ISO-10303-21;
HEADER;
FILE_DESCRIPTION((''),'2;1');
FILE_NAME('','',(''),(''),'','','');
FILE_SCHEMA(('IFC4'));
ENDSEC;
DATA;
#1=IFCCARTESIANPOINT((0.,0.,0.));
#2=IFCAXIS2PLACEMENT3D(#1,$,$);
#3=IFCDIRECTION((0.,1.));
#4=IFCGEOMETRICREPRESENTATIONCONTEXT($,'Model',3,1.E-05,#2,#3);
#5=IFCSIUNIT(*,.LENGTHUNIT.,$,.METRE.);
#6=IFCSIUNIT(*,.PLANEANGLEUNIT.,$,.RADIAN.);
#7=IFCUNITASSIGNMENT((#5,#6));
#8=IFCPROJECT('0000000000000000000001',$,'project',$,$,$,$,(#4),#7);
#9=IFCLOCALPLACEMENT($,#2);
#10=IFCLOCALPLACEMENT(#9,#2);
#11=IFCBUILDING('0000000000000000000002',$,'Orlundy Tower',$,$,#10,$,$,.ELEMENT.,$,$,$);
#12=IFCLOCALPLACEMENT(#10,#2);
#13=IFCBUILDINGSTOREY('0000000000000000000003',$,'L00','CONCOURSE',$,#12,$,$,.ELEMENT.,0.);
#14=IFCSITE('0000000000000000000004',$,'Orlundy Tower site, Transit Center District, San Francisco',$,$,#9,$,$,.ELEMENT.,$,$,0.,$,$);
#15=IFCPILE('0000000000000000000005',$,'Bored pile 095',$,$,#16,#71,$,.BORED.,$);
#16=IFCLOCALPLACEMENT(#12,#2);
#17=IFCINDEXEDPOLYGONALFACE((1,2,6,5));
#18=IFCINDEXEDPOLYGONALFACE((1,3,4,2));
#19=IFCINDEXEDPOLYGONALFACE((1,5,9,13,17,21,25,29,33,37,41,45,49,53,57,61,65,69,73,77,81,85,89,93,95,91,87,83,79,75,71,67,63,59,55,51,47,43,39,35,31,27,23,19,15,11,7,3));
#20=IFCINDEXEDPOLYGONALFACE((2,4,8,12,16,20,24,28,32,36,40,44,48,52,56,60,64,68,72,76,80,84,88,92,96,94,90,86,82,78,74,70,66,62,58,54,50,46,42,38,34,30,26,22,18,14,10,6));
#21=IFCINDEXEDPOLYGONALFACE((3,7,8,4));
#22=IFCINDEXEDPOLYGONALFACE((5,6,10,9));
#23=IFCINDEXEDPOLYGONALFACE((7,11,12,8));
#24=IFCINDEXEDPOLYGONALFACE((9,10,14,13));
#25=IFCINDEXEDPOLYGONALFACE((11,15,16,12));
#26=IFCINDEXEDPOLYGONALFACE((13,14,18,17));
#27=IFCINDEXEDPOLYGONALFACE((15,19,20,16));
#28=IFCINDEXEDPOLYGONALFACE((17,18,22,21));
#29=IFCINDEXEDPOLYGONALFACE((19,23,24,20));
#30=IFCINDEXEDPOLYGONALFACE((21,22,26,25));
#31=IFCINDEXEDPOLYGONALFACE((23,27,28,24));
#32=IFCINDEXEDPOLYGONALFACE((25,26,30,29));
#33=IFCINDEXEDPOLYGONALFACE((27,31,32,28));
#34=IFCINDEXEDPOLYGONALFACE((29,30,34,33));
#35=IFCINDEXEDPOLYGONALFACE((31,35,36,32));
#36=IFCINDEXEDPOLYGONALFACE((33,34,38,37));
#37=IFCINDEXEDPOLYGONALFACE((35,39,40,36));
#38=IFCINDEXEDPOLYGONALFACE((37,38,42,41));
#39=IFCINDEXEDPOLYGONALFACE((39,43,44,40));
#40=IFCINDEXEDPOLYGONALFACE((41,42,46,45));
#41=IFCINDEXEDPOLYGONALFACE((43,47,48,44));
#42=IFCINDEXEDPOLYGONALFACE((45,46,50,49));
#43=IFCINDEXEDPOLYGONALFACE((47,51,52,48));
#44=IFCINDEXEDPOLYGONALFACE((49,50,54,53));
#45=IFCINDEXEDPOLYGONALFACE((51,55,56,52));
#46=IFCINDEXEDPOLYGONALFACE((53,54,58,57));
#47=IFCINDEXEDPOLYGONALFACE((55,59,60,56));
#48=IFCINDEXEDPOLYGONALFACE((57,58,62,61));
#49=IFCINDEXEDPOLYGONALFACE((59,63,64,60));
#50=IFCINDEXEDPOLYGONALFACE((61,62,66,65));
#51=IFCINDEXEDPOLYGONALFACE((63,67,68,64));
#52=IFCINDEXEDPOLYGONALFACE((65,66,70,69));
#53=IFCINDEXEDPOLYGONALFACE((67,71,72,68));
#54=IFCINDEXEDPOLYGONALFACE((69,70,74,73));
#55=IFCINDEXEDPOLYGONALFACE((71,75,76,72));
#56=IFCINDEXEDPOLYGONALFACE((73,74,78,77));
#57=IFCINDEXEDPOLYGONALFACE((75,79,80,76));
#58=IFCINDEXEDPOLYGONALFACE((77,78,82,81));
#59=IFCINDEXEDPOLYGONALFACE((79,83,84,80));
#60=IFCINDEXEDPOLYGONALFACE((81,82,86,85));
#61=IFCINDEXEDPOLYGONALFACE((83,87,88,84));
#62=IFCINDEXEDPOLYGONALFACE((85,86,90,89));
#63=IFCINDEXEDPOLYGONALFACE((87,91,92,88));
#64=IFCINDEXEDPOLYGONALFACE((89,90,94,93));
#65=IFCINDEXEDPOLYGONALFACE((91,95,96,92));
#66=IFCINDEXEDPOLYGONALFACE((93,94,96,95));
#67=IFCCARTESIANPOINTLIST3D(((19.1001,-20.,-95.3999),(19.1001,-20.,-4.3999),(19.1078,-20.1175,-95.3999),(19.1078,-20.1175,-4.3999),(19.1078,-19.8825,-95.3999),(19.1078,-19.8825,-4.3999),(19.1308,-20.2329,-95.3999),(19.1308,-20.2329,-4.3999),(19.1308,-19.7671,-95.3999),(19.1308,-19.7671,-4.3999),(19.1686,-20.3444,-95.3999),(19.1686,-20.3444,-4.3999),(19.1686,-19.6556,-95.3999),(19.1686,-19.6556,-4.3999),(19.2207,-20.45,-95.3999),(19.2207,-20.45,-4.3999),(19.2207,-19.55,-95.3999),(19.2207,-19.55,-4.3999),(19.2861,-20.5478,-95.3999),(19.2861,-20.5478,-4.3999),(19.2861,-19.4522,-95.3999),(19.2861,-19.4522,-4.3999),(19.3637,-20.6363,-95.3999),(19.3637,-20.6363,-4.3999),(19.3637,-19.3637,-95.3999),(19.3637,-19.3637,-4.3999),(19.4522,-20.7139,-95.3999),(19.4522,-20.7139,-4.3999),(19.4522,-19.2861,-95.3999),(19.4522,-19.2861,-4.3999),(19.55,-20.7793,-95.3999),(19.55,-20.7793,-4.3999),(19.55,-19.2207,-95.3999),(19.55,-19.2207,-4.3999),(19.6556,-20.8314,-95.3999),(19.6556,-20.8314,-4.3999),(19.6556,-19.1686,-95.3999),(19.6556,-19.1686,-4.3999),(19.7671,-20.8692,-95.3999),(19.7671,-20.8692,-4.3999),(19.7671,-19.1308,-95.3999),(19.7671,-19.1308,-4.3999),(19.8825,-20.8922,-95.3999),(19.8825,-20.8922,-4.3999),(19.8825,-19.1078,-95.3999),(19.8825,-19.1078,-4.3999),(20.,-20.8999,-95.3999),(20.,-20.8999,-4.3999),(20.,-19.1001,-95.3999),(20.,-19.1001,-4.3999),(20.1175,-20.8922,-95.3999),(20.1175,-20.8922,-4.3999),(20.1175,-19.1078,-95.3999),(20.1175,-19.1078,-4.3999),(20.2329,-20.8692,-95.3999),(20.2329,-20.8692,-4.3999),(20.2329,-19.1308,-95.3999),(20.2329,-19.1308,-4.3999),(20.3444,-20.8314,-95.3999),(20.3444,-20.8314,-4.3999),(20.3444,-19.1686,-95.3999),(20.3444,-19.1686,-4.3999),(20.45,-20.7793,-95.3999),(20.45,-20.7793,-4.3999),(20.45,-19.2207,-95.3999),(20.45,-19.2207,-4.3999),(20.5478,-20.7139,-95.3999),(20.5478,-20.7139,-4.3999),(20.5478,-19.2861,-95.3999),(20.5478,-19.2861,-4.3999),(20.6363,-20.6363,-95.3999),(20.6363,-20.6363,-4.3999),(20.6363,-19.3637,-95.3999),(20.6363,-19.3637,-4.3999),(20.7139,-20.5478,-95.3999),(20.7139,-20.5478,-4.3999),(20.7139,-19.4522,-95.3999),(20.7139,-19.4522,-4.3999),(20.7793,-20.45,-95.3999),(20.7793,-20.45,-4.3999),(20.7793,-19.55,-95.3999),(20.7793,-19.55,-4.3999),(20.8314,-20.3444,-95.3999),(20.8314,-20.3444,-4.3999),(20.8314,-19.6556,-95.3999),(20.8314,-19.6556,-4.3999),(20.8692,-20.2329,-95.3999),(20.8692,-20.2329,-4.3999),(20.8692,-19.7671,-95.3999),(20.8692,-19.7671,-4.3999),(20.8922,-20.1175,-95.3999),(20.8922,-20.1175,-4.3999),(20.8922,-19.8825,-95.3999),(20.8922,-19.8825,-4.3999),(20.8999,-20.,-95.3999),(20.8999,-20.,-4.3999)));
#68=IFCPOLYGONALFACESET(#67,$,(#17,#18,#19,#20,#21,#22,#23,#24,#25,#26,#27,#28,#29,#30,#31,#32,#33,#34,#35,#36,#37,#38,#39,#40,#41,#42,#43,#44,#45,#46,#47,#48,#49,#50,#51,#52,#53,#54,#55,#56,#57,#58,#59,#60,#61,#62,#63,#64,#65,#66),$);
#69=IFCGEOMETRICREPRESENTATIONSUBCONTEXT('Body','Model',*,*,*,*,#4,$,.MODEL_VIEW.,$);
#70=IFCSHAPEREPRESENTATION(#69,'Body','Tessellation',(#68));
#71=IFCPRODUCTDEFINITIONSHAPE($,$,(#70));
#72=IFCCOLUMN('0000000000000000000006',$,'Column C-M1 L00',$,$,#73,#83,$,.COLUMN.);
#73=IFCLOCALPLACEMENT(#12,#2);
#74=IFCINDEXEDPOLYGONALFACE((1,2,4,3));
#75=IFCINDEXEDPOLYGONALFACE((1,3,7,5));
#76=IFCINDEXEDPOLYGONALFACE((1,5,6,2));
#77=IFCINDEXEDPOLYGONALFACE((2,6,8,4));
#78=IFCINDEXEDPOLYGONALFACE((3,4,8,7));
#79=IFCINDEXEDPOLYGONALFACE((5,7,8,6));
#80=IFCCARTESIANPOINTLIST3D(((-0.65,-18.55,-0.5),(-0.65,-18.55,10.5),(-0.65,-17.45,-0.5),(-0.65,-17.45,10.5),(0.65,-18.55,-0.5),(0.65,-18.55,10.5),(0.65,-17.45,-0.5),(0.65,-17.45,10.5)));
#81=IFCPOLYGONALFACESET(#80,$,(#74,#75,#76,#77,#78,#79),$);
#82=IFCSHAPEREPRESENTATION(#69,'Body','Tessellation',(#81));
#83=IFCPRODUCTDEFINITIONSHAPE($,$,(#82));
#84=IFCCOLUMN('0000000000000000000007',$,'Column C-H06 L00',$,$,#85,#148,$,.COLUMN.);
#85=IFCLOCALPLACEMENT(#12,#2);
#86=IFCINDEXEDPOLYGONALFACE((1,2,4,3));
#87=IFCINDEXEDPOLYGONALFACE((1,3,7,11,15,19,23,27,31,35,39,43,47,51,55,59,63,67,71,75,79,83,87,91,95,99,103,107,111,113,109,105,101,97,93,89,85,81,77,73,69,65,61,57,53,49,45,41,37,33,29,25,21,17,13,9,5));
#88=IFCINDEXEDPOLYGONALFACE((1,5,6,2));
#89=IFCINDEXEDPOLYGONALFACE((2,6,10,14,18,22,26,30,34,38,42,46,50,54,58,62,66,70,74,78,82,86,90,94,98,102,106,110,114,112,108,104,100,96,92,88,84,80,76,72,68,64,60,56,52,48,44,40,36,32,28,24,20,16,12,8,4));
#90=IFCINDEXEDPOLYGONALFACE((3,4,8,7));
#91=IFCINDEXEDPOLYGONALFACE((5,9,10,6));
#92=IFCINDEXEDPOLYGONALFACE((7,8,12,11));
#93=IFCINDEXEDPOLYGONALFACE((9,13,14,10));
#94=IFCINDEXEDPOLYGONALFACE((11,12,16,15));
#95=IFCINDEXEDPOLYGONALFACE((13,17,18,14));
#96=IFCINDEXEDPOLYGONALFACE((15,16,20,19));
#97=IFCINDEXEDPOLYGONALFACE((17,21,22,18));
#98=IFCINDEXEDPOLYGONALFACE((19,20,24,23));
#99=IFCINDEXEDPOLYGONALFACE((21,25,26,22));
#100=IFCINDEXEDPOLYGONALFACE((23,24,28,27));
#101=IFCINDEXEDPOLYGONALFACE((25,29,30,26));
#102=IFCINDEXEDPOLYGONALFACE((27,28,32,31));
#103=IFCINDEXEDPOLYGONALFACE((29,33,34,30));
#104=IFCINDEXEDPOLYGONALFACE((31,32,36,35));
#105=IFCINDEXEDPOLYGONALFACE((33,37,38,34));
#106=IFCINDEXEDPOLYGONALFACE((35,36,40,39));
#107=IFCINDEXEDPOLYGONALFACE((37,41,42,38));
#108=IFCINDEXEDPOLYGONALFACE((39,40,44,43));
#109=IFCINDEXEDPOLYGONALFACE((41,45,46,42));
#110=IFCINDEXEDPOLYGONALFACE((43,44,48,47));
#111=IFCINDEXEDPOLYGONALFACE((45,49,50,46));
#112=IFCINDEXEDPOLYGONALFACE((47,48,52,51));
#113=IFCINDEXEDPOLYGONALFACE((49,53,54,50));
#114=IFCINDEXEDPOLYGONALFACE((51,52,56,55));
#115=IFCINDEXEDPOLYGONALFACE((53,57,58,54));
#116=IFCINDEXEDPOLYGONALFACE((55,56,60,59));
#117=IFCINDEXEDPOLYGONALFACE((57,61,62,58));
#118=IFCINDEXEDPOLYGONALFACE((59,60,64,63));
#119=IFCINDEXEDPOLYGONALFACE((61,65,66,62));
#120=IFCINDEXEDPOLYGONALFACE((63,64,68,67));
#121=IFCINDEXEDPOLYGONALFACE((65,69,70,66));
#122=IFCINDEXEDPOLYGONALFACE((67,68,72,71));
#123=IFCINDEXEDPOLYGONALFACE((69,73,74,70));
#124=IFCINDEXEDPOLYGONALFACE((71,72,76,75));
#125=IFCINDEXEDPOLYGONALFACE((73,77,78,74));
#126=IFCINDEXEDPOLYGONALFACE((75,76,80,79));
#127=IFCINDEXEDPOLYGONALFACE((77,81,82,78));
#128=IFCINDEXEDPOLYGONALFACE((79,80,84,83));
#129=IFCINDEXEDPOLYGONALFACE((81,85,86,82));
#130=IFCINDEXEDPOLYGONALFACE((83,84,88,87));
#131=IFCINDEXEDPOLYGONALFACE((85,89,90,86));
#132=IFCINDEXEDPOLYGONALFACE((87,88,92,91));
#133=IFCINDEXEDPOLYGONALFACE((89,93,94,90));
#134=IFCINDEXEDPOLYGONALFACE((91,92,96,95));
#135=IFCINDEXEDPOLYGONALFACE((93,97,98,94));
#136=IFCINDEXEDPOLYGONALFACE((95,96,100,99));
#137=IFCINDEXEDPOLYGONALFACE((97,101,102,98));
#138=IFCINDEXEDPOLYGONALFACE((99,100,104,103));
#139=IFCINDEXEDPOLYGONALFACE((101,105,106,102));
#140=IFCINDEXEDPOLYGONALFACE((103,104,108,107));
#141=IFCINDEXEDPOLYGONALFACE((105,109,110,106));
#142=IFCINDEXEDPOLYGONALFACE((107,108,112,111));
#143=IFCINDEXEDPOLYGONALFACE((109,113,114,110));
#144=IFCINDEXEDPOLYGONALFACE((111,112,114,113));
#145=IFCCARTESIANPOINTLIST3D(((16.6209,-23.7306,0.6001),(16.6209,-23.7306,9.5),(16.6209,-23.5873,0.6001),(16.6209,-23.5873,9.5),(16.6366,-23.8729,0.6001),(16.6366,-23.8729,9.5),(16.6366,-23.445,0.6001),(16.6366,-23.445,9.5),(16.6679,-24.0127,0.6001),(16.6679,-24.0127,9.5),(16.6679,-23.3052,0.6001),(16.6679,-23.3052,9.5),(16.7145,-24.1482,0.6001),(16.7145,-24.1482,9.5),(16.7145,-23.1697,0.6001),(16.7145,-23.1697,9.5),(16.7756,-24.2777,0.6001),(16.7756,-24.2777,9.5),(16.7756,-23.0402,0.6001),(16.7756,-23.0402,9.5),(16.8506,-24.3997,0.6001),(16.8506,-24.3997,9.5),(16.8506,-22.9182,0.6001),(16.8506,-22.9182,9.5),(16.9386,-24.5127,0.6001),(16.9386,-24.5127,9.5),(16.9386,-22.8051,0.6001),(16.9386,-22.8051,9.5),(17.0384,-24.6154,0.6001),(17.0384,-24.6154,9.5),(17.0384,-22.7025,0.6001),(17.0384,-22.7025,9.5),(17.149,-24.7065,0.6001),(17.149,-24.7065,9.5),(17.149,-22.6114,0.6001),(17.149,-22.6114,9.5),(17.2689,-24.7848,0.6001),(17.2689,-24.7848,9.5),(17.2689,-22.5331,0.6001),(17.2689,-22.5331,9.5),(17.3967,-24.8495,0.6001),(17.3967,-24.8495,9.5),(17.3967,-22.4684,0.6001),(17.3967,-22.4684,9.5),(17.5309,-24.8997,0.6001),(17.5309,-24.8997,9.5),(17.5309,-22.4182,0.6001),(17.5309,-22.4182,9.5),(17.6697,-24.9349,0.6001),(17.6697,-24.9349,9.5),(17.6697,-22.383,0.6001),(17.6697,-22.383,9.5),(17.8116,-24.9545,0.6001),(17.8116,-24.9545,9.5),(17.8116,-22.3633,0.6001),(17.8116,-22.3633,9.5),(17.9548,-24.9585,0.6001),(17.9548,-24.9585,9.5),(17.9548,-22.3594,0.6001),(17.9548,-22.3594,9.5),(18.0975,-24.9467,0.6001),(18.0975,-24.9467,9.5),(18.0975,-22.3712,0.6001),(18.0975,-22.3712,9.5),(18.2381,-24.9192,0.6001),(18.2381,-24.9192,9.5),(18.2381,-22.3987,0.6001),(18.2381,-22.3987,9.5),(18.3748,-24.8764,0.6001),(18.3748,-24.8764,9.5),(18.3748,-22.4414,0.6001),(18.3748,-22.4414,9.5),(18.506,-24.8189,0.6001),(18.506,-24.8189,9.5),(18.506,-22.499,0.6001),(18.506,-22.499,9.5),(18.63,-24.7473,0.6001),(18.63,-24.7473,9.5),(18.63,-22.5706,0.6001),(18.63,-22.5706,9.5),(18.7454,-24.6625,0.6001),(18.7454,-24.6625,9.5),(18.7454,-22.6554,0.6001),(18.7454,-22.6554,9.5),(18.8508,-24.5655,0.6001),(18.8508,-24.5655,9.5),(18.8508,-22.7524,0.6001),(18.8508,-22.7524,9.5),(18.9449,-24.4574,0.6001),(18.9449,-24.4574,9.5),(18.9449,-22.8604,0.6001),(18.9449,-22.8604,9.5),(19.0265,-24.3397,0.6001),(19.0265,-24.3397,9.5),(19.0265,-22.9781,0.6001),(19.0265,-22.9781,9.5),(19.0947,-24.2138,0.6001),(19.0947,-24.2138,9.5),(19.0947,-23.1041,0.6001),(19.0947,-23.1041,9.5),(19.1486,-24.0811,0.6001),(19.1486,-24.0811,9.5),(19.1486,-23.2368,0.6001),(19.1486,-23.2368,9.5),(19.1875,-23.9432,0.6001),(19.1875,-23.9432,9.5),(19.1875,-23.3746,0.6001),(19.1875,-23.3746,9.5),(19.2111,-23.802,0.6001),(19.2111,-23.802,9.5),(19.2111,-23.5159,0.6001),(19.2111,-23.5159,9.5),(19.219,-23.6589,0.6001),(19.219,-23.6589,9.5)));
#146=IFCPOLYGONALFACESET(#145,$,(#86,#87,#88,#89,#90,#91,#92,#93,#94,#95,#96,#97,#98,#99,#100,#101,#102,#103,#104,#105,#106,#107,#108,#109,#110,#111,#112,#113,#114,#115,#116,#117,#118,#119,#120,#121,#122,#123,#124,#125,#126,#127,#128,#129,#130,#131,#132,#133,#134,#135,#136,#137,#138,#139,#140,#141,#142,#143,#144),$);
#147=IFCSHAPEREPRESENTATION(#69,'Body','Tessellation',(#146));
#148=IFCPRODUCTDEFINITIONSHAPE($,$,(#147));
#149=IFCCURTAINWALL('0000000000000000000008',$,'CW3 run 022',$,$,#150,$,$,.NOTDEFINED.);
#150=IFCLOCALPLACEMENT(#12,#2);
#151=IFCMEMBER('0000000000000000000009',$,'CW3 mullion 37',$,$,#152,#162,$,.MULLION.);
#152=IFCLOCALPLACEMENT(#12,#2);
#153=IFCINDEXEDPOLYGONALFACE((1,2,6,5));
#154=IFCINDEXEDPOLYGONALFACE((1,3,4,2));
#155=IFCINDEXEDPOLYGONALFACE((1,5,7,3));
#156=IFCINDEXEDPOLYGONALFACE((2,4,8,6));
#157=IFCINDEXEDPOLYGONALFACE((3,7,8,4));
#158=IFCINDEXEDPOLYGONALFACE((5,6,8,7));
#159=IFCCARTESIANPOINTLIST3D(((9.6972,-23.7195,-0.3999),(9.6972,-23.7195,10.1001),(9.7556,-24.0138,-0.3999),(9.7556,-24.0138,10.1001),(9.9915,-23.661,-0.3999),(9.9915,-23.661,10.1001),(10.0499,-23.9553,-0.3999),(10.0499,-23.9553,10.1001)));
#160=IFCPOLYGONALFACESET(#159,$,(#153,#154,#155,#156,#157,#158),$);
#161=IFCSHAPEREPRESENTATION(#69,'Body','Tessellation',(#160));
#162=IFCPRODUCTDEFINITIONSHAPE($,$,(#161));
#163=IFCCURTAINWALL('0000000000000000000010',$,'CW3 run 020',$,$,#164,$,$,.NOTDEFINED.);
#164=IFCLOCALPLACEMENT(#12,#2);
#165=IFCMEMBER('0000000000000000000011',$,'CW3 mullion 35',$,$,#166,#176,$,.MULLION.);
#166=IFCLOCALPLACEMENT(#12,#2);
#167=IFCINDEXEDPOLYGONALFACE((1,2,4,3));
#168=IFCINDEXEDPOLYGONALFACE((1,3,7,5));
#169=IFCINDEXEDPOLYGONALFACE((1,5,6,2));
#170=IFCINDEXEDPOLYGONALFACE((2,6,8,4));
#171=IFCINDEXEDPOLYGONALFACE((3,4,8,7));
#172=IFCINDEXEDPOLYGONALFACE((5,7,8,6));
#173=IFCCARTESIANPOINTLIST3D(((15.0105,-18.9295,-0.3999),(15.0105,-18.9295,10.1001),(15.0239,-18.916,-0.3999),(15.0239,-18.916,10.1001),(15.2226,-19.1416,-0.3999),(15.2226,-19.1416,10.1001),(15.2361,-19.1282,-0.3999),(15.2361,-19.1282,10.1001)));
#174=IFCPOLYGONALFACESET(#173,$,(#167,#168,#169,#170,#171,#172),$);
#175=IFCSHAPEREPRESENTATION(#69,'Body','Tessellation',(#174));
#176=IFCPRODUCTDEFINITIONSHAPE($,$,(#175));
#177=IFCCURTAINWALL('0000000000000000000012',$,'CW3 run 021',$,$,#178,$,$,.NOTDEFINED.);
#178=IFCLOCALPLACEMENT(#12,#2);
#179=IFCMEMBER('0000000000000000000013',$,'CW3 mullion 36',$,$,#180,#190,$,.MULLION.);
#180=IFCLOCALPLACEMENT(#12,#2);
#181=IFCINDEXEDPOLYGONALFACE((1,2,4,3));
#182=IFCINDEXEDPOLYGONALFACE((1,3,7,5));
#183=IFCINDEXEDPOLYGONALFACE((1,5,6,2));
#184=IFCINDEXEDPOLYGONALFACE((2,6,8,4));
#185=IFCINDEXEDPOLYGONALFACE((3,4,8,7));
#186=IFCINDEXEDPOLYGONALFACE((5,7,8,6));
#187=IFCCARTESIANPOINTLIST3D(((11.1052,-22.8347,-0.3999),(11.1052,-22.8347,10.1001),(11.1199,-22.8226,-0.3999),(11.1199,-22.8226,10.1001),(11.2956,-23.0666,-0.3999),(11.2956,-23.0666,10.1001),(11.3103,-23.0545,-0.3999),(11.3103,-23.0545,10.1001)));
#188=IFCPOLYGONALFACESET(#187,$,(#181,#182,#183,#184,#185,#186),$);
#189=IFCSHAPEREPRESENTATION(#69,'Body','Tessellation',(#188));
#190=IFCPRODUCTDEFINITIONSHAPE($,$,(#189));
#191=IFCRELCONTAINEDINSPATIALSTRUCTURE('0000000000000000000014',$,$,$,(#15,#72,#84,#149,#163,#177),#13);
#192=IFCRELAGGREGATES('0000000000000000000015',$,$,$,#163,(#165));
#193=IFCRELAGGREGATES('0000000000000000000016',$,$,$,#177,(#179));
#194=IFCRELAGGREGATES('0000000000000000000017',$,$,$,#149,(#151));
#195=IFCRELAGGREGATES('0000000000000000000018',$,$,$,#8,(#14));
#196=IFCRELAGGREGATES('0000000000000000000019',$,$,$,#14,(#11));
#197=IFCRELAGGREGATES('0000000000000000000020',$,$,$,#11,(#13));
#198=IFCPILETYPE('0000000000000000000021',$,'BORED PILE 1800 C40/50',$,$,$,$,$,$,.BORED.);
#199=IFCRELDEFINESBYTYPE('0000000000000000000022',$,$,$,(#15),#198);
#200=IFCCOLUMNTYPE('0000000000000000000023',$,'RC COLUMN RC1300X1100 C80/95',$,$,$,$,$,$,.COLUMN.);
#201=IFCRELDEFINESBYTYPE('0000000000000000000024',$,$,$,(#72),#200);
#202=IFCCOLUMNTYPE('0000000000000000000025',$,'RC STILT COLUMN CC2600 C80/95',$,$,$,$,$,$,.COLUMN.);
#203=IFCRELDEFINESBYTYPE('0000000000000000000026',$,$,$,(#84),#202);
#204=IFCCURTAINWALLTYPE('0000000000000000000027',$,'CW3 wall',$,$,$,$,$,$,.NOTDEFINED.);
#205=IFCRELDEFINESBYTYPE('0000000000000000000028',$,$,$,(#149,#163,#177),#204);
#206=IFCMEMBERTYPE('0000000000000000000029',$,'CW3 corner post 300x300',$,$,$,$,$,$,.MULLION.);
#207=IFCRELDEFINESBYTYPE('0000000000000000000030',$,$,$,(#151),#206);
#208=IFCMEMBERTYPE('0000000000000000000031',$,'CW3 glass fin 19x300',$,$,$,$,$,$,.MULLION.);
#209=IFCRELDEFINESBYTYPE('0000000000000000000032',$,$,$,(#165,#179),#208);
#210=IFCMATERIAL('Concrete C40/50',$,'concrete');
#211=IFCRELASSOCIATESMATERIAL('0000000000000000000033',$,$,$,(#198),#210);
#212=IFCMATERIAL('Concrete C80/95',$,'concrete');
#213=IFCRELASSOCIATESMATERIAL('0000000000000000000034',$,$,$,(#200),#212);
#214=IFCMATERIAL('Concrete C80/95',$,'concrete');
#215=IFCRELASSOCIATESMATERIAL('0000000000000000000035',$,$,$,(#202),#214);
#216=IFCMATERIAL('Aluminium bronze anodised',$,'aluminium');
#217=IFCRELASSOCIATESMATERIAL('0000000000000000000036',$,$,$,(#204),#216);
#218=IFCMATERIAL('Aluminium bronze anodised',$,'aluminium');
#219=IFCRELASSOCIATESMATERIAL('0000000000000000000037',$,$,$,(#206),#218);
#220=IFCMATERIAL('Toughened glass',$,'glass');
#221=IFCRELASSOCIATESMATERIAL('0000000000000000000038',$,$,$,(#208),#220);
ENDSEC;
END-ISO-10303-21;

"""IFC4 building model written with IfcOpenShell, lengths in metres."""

from ifc_helpers import new_model, si_unit, direction, frame, origin, origin_2d, place, context, subcontext, project, spatial, rectangle, circle, extrude, material, material_profile, profile_set, type_object, element, aggregate, save


model = new_model("IFC4")

# Units and contexts
model_context = context("Model", 3, precision=1e-05, world=origin(), true_north=direction((0.0, 1.0)))
body_context = subcontext(model_context, "Body", "Model", "MODEL_VIEW")
ifc_project = project(units=[si_unit("LENGTHUNIT", "METRE"), si_unit("PLANEANGLEUNIT", "RADIAN")], contexts=[model_context])

# Site, building, storey
site_placement = place(None, origin())
site = spatial("IfcSite", under=ifc_project, at=site_placement, Name="Orlundy Tower site, Transit Center District, San Francisco", CompositionType="ELEMENT", RefElevation=0.0)
building_placement = place(site_placement, origin())
building = spatial("IfcBuilding", under=site, at=building_placement, Name="Orlundy Tower", CompositionType="ELEMENT")
storey_placement = place(building_placement, origin())
storey = spatial("IfcBuildingStorey", under=building, at=storey_placement, Name="L00", Description="CONCOURSE", CompositionType="ELEMENT", Elevation=0.0)

# Pile
ifc_material_1 = material(Name="Concrete C40/50", Category="concrete")
ifc_material_profile_1 = material_profile(ifc_material_1, circle(Radius=0.8999, at=origin_2d()), Name="BP1800")
ifc_profile_set_1 = profile_set([ifc_material_profile_1], Name="Concrete C40/50")
pile_type = type_object("IfcPileType", Name="BORED PILE 1800 C40/50", PredefinedType="BORED", material=ifc_profile_set_1)
for number, where, z_axis, x_axis, name in (
    (1, (20.0, -20.0, -4.3999), (0.0, 0.0, -1.0), (1.0, 0.0, 0.0), "Bored pile 095"),
):
    element("IfcPile", number, at=place(storey_placement, frame(where, z_axis=z_axis, x_axis=x_axis)), inside=storey, type_object=pile_type, Name=name, PredefinedType="BORED", context=body_context, shape_type="SweptSolid", body=[
        extrude(circle(Radius=0.8999, at=origin_2d()), origin(), (0.0, 0.0, 1.0), 91.0),
    ])

# Columns
ifc_material_2 = material(Name="Concrete C80/95", Category="concrete")
ifc_material_profile_2 = material_profile(ifc_material_2, rectangle(XDim=1.3, YDim=1.1001, at=origin_2d()), Name="RC1300X1100")
ifc_profile_set_2 = profile_set([ifc_material_profile_2], Name="Concrete C80/95")
column_type_1 = type_object("IfcColumnType", Name="RC COLUMN RC1300X1100 C80/95", PredefinedType="COLUMN", material=ifc_profile_set_2)
column_1_placement = place(storey_placement, frame((0.0, -18.0, -0.5), z_axis=(0.0, 0.0, 1.0), x_axis=(1.0, 0.0, 0.0)))
element("IfcColumn", 2, at=column_1_placement, inside=storey, type_object=column_type_1, Name="Column C-M1 L00", PredefinedType="COLUMN", context=body_context, shape_type="SweptSolid", body=[
    extrude(rectangle(XDim=1.3, YDim=1.1001, at=origin_2d()), origin(), (0.0, 0.0, 1.0), 11.0),
])
ifc_material_3 = material(Name="Concrete C80/95", Category="concrete")
ifc_material_profile_3 = material_profile(ifc_material_3, circle(Radius=1.3, at=origin_2d()), Name="CC2600")
ifc_profile_set_3 = profile_set([ifc_material_profile_3], Name="Concrete C80/95")
column_type_2 = type_object("IfcColumnType", Name="RC STILT COLUMN CC2600 C80/95", PredefinedType="COLUMN", material=ifc_profile_set_3)
column_2_placement = place(storey_placement, frame((17.9189, -23.6589, 0.6001), z_axis=(0.0, 0.0, 1.0), x_axis=(1.0, 0.0, 0.0)))
element("IfcColumn", 3, at=column_2_placement, inside=storey, type_object=column_type_2, Name="Column C-H06 L00", PredefinedType="COLUMN", context=body_context, shape_type="SweptSolid", body=[
    extrude(circle(Radius=1.3, at=origin_2d()), origin(), (0.0, 0.0, 1.0), 8.8999),
])

# Curtain walls, members
ifc_material_4 = material(Name="Aluminium bronze anodised", Category="aluminium")
curtain_wall_type = type_object("IfcCurtainWallType", Name="CW3 wall", PredefinedType="NOTDEFINED", material=ifc_material_4)
curtain_wall_1_placement = place(storey_placement, origin())
curtain_wall_1 = element("IfcCurtainWall", 4, at=curtain_wall_1_placement, inside=storey, type_object=curtain_wall_type, Name="CW3 run 022", PredefinedType="NOTDEFINED")
ifc_material_5 = material(Name="Aluminium bronze anodised", Category="aluminium")
ifc_material_profile_4 = material_profile(ifc_material_5, rectangle(XDim=0.3, YDim=0.3, at=origin_2d()), Name="CW3 corner post 300x300")
ifc_profile_set_4 = profile_set([ifc_material_profile_4], Name="Aluminium bronze anodised")
member_type_1 = type_object("IfcMemberType", Name="CW3 corner post 300x300", PredefinedType="MULLION", material=ifc_profile_set_4)
member_1_placement = place(storey_placement, frame((9.8735, -23.8374, -0.3999), z_axis=(0.0, 0.0, 1.0), x_axis=(0.194761, -0.980851, 0.0)))
member_1 = element("IfcMember", 5, at=member_1_placement, type_object=member_type_1, Name="CW3 mullion 37", PredefinedType="MULLION", context=body_context, shape_type="SweptSolid", body=[
    extrude(rectangle(XDim=0.3, YDim=0.3, at=origin_2d()), origin(), (0.0, 0.0, 1.0), 10.5),
])
curtain_wall_2_placement = place(storey_placement, origin())
curtain_wall_2 = element("IfcCurtainWall", 6, at=curtain_wall_2_placement, inside=storey, type_object=curtain_wall_type, Name="CW3 run 020", PredefinedType="NOTDEFINED")
ifc_material_6 = material(Name="Toughened glass", Category="glass")
ifc_material_profile_5 = material_profile(ifc_material_6, rectangle(XDim=0.3, YDim=0.019, at=origin_2d()), Name="CW3 glass fin 19x300")
ifc_profile_set_5 = profile_set([ifc_material_profile_5], Name="Toughened glass")
member_type_2 = type_object("IfcMemberType", Name="CW3 glass fin 19x300", PredefinedType="MULLION", material=ifc_profile_set_5)
member_2_placement = place(storey_placement, frame((15.1233, -19.0288, -0.3999), z_axis=(0.0, 0.0, 1.0), x_axis=(0.707107, -0.707107, 0.0)))
member_2 = element("IfcMember", 7, at=member_2_placement, type_object=member_type_2, Name="CW3 mullion 35", PredefinedType="MULLION", context=body_context, shape_type="SweptSolid", body=[
    extrude(rectangle(XDim=0.3, YDim=0.019, at=origin_2d()), origin(), (0.0, 0.0, 1.0), 10.5),
])
aggregate(curtain_wall_2, [member_2])
curtain_wall_3_placement = place(storey_placement, origin())
curtain_wall_3 = element("IfcCurtainWall", 8, at=curtain_wall_3_placement, inside=storey, type_object=curtain_wall_type, Name="CW3 run 021", PredefinedType="NOTDEFINED")
member_3_placement = place(storey_placement, frame((11.2078, -22.9446, -0.3999), z_axis=(0.0, 0.0, 1.0), x_axis=(0.634676, -0.772778, 0.0)))
member_3 = element("IfcMember", 9, at=member_3_placement, type_object=member_type_2, Name="CW3 mullion 36", PredefinedType="MULLION", context=body_context, shape_type="SweptSolid", body=[
    extrude(rectangle(XDim=0.3, YDim=0.019, at=origin_2d()), origin(), (0.0, 0.0, 1.0), 10.5),
])

aggregate(curtain_wall_3, [member_3])
aggregate(curtain_wall_1, [member_1])

save(model, "model.ifc")
